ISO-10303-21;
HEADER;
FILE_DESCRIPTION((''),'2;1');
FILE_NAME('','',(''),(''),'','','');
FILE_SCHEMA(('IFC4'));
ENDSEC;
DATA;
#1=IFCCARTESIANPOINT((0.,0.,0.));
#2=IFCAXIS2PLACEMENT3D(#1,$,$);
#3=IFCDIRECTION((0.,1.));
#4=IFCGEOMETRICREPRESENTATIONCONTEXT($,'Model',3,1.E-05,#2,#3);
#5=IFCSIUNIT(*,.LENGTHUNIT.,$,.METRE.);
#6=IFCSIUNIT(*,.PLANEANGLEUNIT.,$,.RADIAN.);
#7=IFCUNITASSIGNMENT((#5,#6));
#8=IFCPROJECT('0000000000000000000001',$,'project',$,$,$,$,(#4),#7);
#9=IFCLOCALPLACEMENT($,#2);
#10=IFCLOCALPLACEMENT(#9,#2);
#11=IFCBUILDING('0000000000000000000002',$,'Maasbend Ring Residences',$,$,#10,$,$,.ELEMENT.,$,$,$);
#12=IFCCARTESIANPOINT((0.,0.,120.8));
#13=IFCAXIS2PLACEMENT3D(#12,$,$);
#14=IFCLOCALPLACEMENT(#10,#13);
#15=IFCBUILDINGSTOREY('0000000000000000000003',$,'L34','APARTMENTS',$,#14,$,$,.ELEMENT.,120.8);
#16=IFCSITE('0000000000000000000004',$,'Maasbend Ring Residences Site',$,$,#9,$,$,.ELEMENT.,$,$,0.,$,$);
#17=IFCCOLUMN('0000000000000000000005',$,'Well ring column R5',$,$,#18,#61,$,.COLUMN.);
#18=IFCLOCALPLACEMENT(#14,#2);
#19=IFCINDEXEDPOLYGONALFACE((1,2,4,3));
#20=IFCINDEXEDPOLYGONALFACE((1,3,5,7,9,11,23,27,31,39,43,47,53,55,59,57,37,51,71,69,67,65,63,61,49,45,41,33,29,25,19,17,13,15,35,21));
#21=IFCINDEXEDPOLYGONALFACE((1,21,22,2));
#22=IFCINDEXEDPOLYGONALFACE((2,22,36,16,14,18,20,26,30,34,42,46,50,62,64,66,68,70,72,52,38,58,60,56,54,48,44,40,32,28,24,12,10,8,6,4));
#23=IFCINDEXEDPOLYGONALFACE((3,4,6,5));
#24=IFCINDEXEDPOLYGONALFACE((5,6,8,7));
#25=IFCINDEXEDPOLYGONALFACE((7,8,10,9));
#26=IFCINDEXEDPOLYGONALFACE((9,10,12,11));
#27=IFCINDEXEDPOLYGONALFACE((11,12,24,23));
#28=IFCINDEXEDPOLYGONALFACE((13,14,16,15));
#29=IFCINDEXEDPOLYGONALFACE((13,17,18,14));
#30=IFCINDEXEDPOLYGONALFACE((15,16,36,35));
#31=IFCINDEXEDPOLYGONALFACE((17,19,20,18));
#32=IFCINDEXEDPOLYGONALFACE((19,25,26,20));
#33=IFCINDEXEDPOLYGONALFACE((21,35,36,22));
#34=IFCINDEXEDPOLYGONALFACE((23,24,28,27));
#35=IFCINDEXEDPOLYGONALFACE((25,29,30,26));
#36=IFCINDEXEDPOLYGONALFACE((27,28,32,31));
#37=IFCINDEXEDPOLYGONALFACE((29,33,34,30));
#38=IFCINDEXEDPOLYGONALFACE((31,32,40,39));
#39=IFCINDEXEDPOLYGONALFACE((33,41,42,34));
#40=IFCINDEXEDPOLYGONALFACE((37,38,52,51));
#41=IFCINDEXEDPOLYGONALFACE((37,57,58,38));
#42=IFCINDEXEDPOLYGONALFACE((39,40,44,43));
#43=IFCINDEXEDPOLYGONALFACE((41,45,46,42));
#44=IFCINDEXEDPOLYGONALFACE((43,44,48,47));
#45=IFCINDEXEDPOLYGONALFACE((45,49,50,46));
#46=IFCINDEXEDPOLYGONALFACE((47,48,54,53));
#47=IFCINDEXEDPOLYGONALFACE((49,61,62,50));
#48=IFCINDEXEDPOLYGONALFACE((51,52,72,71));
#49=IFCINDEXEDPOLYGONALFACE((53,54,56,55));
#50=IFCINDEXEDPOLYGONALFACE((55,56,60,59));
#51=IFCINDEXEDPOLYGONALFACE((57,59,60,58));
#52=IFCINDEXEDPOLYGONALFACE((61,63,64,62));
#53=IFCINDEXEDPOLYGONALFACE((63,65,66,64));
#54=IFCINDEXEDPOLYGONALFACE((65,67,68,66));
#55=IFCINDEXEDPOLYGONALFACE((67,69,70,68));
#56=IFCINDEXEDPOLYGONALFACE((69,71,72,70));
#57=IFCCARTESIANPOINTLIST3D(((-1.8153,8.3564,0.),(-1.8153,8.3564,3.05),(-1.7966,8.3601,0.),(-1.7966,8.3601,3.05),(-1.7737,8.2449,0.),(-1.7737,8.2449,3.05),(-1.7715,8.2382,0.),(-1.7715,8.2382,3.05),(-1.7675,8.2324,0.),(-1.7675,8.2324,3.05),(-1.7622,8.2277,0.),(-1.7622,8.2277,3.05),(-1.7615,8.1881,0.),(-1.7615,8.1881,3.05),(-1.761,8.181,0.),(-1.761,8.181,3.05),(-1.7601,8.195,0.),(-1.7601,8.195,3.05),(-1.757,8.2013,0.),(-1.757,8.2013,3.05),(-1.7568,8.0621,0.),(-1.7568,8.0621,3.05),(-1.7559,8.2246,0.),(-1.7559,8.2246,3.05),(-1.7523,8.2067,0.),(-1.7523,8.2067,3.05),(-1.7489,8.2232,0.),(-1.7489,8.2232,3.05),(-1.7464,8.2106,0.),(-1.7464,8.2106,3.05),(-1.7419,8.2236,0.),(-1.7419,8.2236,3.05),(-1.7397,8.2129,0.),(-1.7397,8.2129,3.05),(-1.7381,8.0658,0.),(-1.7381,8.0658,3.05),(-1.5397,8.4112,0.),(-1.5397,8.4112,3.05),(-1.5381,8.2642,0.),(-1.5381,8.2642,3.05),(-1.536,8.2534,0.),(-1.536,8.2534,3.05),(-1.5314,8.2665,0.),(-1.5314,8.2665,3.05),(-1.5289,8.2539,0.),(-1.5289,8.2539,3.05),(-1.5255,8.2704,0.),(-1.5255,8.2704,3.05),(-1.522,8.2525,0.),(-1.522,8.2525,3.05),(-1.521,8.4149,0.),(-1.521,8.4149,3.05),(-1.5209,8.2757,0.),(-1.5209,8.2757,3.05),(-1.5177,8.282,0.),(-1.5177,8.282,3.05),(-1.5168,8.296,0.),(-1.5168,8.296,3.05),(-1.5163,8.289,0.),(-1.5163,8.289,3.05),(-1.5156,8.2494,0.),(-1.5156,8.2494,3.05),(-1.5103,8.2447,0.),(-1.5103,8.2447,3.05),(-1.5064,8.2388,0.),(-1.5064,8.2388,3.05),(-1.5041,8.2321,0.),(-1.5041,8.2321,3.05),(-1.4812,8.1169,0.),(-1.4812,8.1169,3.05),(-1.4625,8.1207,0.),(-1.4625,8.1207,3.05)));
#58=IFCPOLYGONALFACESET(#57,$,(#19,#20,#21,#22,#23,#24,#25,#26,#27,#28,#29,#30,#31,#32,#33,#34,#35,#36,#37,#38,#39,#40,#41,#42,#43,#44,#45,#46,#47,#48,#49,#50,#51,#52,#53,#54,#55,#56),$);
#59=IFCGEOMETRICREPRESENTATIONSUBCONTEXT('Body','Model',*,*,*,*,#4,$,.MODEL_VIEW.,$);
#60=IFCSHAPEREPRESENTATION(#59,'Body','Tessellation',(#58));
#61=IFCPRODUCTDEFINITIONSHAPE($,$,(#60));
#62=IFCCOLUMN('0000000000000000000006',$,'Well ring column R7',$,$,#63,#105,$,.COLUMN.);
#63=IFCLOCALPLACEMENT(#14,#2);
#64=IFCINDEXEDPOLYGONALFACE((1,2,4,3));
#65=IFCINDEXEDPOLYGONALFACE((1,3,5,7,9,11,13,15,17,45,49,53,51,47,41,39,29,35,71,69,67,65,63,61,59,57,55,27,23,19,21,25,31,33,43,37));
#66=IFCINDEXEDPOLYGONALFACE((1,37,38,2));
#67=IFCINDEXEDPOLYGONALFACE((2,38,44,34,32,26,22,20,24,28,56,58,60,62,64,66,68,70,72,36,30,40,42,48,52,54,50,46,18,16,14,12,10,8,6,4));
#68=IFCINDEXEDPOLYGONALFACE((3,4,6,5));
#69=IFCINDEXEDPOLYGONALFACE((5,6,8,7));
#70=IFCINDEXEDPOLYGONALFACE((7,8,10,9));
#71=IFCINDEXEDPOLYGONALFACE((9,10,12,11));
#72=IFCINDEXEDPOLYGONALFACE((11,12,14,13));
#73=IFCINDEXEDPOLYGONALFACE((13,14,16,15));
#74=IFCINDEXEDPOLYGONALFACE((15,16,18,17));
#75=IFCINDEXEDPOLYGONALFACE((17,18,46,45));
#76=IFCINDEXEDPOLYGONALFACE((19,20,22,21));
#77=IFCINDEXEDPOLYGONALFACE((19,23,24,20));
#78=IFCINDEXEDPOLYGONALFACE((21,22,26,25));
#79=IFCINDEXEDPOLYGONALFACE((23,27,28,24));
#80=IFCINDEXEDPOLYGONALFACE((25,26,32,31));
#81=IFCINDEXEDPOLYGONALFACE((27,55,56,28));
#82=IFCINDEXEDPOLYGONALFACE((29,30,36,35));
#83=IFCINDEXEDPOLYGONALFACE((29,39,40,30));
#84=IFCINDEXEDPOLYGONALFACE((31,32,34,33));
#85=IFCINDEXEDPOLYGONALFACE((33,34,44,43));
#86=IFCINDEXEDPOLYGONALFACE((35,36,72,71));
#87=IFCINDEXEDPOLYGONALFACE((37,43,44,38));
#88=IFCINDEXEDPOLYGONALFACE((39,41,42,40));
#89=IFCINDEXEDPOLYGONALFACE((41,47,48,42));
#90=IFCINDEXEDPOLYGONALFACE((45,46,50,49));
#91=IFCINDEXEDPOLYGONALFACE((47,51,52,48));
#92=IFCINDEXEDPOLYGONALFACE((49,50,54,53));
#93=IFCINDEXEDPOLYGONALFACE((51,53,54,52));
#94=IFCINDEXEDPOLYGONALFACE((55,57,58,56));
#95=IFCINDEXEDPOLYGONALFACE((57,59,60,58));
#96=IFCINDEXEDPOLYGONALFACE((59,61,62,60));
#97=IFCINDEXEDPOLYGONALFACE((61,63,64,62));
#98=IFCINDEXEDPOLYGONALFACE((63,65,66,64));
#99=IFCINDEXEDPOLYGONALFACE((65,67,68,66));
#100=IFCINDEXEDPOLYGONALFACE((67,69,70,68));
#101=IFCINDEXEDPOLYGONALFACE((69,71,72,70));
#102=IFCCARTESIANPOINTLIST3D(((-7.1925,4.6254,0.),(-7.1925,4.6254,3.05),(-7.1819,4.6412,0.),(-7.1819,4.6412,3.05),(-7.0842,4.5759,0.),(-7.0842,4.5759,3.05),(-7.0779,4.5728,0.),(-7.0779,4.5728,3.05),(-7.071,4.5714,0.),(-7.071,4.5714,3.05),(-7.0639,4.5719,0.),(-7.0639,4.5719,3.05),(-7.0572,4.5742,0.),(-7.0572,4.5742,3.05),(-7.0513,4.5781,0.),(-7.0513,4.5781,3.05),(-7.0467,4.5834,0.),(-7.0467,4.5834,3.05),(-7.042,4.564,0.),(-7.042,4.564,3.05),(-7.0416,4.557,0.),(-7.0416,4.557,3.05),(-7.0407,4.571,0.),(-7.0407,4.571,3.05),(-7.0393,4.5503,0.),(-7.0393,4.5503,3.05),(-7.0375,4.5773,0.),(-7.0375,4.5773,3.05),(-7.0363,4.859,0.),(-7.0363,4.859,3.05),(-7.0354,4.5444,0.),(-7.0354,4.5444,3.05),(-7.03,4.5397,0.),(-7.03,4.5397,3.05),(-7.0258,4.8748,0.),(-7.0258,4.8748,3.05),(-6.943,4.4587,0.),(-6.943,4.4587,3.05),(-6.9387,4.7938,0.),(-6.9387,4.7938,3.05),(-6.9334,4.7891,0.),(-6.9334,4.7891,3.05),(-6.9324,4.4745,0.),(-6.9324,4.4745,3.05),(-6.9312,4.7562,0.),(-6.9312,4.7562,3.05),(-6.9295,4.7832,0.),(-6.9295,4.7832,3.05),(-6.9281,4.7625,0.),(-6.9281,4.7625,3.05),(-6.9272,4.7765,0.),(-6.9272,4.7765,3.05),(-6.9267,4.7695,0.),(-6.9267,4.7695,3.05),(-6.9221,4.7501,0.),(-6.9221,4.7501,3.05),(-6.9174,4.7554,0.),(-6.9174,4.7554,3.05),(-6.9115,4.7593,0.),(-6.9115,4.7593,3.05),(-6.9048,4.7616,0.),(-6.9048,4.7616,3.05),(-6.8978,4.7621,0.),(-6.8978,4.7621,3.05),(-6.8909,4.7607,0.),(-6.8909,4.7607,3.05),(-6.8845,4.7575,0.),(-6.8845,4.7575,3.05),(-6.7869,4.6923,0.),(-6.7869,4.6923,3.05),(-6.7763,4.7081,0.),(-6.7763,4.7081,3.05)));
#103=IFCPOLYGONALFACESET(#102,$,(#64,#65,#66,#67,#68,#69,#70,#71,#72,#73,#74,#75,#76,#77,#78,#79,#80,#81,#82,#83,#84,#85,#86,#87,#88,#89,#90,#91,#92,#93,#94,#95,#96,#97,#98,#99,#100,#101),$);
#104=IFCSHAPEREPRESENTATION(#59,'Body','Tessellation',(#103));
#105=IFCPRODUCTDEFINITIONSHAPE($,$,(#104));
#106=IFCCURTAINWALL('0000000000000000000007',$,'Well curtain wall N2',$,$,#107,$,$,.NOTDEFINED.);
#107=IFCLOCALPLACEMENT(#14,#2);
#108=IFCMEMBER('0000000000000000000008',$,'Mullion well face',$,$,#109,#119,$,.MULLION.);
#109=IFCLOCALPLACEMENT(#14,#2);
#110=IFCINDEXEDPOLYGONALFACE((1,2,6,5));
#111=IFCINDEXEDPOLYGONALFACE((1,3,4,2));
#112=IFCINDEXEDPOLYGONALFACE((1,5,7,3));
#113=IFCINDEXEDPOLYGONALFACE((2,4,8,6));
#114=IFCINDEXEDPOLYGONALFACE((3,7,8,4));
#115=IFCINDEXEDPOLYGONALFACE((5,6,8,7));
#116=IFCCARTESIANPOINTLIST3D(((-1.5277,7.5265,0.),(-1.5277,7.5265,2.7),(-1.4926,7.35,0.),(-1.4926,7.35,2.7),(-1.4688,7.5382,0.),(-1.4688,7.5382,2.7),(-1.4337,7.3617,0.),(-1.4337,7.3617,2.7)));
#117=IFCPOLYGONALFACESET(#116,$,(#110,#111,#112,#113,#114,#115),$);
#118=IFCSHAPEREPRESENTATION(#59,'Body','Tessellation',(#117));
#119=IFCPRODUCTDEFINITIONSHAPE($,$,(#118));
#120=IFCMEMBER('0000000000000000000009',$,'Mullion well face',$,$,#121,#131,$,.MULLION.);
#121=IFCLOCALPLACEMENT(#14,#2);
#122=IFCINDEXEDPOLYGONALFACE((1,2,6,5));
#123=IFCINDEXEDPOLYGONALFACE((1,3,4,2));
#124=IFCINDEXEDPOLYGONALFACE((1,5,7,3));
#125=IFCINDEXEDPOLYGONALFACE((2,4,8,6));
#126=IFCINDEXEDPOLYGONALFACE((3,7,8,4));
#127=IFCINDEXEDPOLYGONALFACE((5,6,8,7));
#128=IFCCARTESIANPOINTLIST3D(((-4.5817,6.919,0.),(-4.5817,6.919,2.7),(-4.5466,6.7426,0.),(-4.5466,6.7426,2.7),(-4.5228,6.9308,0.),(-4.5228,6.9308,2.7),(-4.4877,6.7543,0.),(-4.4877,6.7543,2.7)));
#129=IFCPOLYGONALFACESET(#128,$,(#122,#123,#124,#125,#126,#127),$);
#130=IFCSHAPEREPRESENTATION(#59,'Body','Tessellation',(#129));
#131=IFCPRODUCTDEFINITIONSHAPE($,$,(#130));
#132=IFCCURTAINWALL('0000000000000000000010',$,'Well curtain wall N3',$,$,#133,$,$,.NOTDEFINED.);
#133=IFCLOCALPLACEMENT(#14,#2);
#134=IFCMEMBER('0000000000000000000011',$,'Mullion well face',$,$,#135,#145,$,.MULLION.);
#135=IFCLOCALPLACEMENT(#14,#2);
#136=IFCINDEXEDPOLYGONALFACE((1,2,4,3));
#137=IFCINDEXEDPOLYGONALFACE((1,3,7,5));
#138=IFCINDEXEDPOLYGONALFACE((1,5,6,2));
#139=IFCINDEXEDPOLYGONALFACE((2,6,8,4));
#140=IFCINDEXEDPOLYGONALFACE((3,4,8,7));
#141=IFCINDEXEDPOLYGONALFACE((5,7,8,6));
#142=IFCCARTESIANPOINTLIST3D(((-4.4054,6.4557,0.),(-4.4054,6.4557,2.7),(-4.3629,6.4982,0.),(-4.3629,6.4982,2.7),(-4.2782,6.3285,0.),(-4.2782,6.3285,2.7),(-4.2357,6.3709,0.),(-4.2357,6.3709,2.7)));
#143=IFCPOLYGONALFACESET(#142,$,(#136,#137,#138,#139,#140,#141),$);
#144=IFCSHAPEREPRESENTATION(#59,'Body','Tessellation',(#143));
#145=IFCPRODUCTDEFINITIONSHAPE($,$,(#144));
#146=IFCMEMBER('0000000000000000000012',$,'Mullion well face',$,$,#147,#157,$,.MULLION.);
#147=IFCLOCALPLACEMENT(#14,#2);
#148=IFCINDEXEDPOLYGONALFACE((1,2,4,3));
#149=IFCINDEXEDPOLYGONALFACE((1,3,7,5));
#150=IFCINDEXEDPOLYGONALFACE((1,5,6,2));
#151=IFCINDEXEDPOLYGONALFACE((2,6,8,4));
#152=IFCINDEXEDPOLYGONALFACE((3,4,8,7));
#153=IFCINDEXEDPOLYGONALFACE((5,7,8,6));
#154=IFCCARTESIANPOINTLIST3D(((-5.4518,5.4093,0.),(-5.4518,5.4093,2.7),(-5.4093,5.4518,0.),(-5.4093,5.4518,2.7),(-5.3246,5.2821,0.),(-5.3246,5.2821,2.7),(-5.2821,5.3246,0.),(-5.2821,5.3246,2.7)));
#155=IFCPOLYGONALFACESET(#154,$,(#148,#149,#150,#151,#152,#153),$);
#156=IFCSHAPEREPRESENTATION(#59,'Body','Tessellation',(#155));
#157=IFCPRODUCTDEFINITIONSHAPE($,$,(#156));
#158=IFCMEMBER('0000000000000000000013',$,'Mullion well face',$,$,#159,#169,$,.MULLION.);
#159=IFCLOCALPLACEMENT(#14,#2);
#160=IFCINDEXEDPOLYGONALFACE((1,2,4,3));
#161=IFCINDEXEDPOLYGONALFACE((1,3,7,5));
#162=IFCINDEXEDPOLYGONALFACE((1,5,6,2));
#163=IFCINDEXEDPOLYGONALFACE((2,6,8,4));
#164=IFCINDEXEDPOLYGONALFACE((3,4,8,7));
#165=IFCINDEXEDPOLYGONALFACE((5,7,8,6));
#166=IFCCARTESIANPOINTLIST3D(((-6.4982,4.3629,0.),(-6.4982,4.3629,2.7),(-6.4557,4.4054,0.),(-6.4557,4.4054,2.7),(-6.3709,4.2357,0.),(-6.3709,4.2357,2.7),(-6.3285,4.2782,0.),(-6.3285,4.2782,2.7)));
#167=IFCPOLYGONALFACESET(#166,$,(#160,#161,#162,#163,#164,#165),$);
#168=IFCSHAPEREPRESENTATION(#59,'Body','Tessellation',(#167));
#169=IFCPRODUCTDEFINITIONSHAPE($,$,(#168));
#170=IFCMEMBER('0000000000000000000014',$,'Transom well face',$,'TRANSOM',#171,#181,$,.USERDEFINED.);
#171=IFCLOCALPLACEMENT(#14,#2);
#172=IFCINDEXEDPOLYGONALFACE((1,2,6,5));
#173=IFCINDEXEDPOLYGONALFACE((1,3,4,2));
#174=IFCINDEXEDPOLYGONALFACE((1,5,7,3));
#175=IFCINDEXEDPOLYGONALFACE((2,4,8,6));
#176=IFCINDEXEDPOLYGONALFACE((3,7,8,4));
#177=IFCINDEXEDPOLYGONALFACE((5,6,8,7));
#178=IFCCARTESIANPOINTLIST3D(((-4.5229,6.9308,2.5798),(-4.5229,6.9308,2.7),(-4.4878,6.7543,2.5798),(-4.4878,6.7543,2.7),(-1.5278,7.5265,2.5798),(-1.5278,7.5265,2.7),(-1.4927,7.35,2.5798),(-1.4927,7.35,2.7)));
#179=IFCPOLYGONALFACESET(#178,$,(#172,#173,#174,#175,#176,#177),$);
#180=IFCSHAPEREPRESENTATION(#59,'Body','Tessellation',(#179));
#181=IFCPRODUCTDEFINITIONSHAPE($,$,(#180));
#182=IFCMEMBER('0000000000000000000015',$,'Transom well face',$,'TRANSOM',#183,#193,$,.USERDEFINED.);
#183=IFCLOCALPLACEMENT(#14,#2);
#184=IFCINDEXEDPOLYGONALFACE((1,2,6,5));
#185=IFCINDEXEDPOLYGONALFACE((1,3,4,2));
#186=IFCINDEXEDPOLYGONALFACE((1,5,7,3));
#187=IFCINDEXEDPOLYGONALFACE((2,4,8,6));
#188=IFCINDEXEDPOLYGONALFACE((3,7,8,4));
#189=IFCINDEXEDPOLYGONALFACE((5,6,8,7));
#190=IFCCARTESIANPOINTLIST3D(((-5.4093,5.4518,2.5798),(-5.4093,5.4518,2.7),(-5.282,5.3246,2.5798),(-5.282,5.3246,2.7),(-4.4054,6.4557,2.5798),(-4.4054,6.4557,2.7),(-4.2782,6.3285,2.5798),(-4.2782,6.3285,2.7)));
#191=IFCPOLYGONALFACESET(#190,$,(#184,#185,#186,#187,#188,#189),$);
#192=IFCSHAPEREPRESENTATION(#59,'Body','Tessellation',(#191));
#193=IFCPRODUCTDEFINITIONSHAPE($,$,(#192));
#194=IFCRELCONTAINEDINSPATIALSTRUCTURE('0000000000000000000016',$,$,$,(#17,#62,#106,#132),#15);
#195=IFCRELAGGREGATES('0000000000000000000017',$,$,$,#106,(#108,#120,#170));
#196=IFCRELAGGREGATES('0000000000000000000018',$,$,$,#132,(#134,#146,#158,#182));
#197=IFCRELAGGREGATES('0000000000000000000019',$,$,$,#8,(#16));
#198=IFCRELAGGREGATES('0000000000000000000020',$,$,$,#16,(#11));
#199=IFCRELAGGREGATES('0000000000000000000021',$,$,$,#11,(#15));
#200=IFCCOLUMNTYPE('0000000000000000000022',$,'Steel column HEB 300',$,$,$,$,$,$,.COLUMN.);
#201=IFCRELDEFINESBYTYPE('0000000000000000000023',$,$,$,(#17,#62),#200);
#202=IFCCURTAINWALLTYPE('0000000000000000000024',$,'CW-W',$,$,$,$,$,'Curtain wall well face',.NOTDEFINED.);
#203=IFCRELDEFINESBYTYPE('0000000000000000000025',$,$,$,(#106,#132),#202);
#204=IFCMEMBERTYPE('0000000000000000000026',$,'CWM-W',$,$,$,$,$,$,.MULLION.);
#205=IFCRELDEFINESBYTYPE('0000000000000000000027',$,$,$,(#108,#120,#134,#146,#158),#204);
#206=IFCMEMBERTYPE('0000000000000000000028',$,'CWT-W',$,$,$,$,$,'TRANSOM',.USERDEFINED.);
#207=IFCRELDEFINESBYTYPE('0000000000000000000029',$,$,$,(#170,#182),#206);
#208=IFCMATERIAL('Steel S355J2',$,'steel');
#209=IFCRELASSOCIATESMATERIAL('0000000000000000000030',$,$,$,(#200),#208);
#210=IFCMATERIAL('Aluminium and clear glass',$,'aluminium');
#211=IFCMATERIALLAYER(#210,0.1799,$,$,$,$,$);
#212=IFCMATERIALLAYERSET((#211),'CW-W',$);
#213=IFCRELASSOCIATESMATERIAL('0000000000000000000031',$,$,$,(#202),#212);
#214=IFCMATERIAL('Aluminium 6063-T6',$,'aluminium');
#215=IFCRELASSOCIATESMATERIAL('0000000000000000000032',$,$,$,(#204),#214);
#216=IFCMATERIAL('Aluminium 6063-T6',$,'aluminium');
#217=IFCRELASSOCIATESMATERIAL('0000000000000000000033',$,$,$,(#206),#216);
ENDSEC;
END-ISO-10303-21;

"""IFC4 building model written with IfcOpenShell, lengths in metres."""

from ifc_helpers import new_model, si_unit, direction, frame, origin, origin_2d, place, context, subcontext, project, spatial, rectangle, i_section, extrude, material, layer, layer_set, material_profile, profile_set, type_object, element, aggregate, save


model = new_model("IFC4")

# Units and contexts
model_context = context("Model", 3, precision=1e-05, world=origin(), true_north=direction((0.0, 1.0)))
body_context = subcontext(model_context, "Body", "Model", "MODEL_VIEW")
ifc_project = project(units=[si_unit("LENGTHUNIT", "METRE"), si_unit("PLANEANGLEUNIT", "RADIAN")], contexts=[model_context])

# Site, building, storey
site_placement = place(None, origin())
site = spatial("IfcSite", under=ifc_project, at=site_placement, Name="Maasbend Ring Residences Site", CompositionType="ELEMENT", RefElevation=0.0)
building_placement = place(site_placement, origin())
building = spatial("IfcBuilding", under=site, at=building_placement, Name="Maasbend Ring Residences", CompositionType="ELEMENT")
storey_placement = place(building_placement, frame((0.0, 0.0, 120.8)))
storey = spatial("IfcBuildingStorey", under=building, at=storey_placement, Name="L34", Description="APARTMENTS", CompositionType="ELEMENT", Elevation=120.8)

# Columns
ifc_material_1 = material(Name="Steel S355J2", Category="steel")
ifc_material_profile_1 = material_profile(ifc_material_1, i_section(OverallWidth=0.3, OverallDepth=0.3, WebThickness=0.011, FlangeThickness=0.019, FilletRadius=0.0271, at=origin_2d()), Name="HEB 300")
ifc_profile_set_1 = profile_set([ifc_material_profile_1], Name="Steel S355J2")
column_type = type_object("IfcColumnType", Name="Steel column HEB 300", PredefinedType="COLUMN", material=ifc_profile_set_1)
for number, where, z_axis, x_axis, name in (
    (1, (-1.6389, 8.2385, 0.0), (0.0, 0.0, 1.0), (-0.19509, 0.980785, 0.0), "Well ring column R5"),
    (2, (-6.9844, 4.6667, 0.0), (0.0, 0.0, 1.0), (-0.83147, 0.55557, 0.0), "Well ring column R7"),
):
    element("IfcColumn", number, at=place(storey_placement, frame(where, z_axis=z_axis, x_axis=x_axis)), inside=storey, type_object=column_type, Name=name, PredefinedType="COLUMN", context=body_context, shape_type="SweptSolid", body=[
        extrude(i_section(OverallWidth=0.3, OverallDepth=0.3, WebThickness=0.011, FlangeThickness=0.019, FilletRadius=0.0271, at=origin_2d()), origin(), (0.0, 0.0, 1.0), 3.05),
    ])

# Curtain walls, members
ifc_material_2 = material(Name="Aluminium and clear glass", Category="aluminium")
ifc_layer_1 = layer(ifc_material_2, 0.1799)
ifc_layer_set_1 = layer_set([ifc_layer_1], Name="CW-W")
curtain_wall_type = type_object("IfcCurtainWallType", Name="CW-W", ElementType="Curtain wall well face", PredefinedType="NOTDEFINED", material=ifc_layer_set_1)
curtain_wall_1_placement = place(storey_placement, origin())
curtain_wall_1 = element("IfcCurtainWall", 3, at=curtain_wall_1_placement, inside=storey, type_object=curtain_wall_type, Name="Well curtain wall N2", PredefinedType="NOTDEFINED")
ifc_material_3 = material(Name="Aluminium 6063-T6", Category="aluminium")
ifc_material_profile_2 = material_profile(ifc_material_3, rectangle(XDim=0.1799, YDim=0.0601, at=origin_2d()), Name="AL 180x60")
ifc_profile_set_2 = profile_set([ifc_material_profile_2], Name="Aluminium 6063-T6")
member_type_1 = type_object("IfcMemberType", Name="CWM-W", PredefinedType="MULLION", material=ifc_profile_set_2)
member_1_placement = place(storey_placement, frame((-1.4807, 7.4441, 0.0), z_axis=(0.0, 0.0, 1.0), x_axis=(0.19509, -0.980785, 0.0)))
member_1 = element("IfcMember", 4, at=member_1_placement, type_object=member_type_1, Name="Mullion well face", PredefinedType="MULLION", context=body_context, shape_type="SweptSolid", body=[
    extrude(rectangle(XDim=0.1799, YDim=0.0601, at=origin_2d()), origin(), (0.0, 0.0, 1.0), 2.7),
])
member_2_placement = place(storey_placement, frame((-4.5347, 6.8367, 0.0), z_axis=(0.0, 0.0, 1.0), x_axis=(0.19509, -0.980785, 0.0)))
member_2 = element("IfcMember", 5, at=member_2_placement, type_object=member_type_1, Name="Mullion well face", PredefinedType="MULLION", context=body_context, shape_type="SweptSolid", body=[
    extrude(rectangle(XDim=0.1799, YDim=0.0601, at=origin_2d()), origin(), (0.0, 0.0, 1.0), 2.7),
])
curtain_wall_2_placement = place(storey_placement, origin())
curtain_wall_2 = element("IfcCurtainWall", 6, at=curtain_wall_2_placement, inside=storey, type_object=curtain_wall_type, Name="Well curtain wall N3", PredefinedType="NOTDEFINED")
member_3_placement = place(storey_placement, frame((-4.3206, 6.4133, 0.0), z_axis=(0.0, 0.0, 1.0), x_axis=(0.707107, -0.707107, 0.0)))
member_3 = element("IfcMember", 7, at=member_3_placement, type_object=member_type_1, Name="Mullion well face", PredefinedType="MULLION", context=body_context, shape_type="SweptSolid", body=[
    extrude(rectangle(XDim=0.1799, YDim=0.0601, at=origin_2d()), origin(), (0.0, 0.0, 1.0), 2.7),
])
member_4_placement = place(storey_placement, frame((-5.3669, 5.3669, 0.0), z_axis=(0.0, 0.0, 1.0), x_axis=(0.707107, -0.707107, 0.0)))
member_4 = element("IfcMember", 8, at=member_4_placement, type_object=member_type_1, Name="Mullion well face", PredefinedType="MULLION", context=body_context, shape_type="SweptSolid", body=[
    extrude(rectangle(XDim=0.1799, YDim=0.0601, at=origin_2d()), origin(), (0.0, 0.0, 1.0), 2.7),
])
member_5_placement = place(storey_placement, frame((-6.4133, 4.3206, 0.0), z_axis=(0.0, 0.0, 1.0), x_axis=(0.707107, -0.707107, 0.0)))
member_5 = element("IfcMember", 9, at=member_5_placement, type_object=member_type_1, Name="Mullion well face", PredefinedType="MULLION", context=body_context, shape_type="SweptSolid", body=[
    extrude(rectangle(XDim=0.1799, YDim=0.0601, at=origin_2d()), origin(), (0.0, 0.0, 1.0), 2.7),
])

# Members
ifc_material_4 = material(Name="Aluminium 6063-T6", Category="aluminium")
ifc_material_profile_3 = material_profile(ifc_material_4, rectangle(XDim=0.1799, YDim=0.1201, at=origin_2d()), Name="AL 180x120")
ifc_profile_set_3 = profile_set([ifc_material_profile_3], Name="Aluminium 6063-T6")
member_type_2 = type_object("IfcMemberType", Name="CWT-W", ElementType="TRANSOM", PredefinedType="USERDEFINED", material=ifc_profile_set_3)
member_6_placement = place(storey_placement, frame((-1.5103, 7.4382, 2.6399), z_axis=(-0.980789, -0.195071, 0.0), x_axis=(0.195071, -0.980789, 0.0)))
member_6 = element("IfcMember", 10, at=member_6_placement, type_object=member_type_2, Name="Transom well face", ObjectType="TRANSOM", PredefinedType="USERDEFINED", context=body_context, shape_type="SweptSolid", body=[
    extrude(rectangle(XDim=0.1799, YDim=0.1201, at=origin_2d()), origin(), (0.0, 0.0, 1.0), 3.0537),
])
member_7_placement = place(storey_placement, frame((-4.3418, 6.3921, 2.6399), z_axis=(-0.707107, -0.707107, 0.0), x_axis=(0.707107, -0.707107, 0.0)))
member_7 = element("IfcMember", 11, at=member_7_placement, type_object=member_type_2, Name="Transom well face", ObjectType="TRANSOM", PredefinedType="USERDEFINED", context=body_context, shape_type="SweptSolid", body=[
    extrude(rectangle(XDim=0.1799, YDim=0.1201, at=origin_2d()), origin(), (0.0, 0.0, 1.0), 1.4197),
])

aggregate(curtain_wall_1, [member_1, member_2, member_6])
aggregate(curtain_wall_2, [member_3, member_4, member_5, member_7])

save(model, "model.ifc")
